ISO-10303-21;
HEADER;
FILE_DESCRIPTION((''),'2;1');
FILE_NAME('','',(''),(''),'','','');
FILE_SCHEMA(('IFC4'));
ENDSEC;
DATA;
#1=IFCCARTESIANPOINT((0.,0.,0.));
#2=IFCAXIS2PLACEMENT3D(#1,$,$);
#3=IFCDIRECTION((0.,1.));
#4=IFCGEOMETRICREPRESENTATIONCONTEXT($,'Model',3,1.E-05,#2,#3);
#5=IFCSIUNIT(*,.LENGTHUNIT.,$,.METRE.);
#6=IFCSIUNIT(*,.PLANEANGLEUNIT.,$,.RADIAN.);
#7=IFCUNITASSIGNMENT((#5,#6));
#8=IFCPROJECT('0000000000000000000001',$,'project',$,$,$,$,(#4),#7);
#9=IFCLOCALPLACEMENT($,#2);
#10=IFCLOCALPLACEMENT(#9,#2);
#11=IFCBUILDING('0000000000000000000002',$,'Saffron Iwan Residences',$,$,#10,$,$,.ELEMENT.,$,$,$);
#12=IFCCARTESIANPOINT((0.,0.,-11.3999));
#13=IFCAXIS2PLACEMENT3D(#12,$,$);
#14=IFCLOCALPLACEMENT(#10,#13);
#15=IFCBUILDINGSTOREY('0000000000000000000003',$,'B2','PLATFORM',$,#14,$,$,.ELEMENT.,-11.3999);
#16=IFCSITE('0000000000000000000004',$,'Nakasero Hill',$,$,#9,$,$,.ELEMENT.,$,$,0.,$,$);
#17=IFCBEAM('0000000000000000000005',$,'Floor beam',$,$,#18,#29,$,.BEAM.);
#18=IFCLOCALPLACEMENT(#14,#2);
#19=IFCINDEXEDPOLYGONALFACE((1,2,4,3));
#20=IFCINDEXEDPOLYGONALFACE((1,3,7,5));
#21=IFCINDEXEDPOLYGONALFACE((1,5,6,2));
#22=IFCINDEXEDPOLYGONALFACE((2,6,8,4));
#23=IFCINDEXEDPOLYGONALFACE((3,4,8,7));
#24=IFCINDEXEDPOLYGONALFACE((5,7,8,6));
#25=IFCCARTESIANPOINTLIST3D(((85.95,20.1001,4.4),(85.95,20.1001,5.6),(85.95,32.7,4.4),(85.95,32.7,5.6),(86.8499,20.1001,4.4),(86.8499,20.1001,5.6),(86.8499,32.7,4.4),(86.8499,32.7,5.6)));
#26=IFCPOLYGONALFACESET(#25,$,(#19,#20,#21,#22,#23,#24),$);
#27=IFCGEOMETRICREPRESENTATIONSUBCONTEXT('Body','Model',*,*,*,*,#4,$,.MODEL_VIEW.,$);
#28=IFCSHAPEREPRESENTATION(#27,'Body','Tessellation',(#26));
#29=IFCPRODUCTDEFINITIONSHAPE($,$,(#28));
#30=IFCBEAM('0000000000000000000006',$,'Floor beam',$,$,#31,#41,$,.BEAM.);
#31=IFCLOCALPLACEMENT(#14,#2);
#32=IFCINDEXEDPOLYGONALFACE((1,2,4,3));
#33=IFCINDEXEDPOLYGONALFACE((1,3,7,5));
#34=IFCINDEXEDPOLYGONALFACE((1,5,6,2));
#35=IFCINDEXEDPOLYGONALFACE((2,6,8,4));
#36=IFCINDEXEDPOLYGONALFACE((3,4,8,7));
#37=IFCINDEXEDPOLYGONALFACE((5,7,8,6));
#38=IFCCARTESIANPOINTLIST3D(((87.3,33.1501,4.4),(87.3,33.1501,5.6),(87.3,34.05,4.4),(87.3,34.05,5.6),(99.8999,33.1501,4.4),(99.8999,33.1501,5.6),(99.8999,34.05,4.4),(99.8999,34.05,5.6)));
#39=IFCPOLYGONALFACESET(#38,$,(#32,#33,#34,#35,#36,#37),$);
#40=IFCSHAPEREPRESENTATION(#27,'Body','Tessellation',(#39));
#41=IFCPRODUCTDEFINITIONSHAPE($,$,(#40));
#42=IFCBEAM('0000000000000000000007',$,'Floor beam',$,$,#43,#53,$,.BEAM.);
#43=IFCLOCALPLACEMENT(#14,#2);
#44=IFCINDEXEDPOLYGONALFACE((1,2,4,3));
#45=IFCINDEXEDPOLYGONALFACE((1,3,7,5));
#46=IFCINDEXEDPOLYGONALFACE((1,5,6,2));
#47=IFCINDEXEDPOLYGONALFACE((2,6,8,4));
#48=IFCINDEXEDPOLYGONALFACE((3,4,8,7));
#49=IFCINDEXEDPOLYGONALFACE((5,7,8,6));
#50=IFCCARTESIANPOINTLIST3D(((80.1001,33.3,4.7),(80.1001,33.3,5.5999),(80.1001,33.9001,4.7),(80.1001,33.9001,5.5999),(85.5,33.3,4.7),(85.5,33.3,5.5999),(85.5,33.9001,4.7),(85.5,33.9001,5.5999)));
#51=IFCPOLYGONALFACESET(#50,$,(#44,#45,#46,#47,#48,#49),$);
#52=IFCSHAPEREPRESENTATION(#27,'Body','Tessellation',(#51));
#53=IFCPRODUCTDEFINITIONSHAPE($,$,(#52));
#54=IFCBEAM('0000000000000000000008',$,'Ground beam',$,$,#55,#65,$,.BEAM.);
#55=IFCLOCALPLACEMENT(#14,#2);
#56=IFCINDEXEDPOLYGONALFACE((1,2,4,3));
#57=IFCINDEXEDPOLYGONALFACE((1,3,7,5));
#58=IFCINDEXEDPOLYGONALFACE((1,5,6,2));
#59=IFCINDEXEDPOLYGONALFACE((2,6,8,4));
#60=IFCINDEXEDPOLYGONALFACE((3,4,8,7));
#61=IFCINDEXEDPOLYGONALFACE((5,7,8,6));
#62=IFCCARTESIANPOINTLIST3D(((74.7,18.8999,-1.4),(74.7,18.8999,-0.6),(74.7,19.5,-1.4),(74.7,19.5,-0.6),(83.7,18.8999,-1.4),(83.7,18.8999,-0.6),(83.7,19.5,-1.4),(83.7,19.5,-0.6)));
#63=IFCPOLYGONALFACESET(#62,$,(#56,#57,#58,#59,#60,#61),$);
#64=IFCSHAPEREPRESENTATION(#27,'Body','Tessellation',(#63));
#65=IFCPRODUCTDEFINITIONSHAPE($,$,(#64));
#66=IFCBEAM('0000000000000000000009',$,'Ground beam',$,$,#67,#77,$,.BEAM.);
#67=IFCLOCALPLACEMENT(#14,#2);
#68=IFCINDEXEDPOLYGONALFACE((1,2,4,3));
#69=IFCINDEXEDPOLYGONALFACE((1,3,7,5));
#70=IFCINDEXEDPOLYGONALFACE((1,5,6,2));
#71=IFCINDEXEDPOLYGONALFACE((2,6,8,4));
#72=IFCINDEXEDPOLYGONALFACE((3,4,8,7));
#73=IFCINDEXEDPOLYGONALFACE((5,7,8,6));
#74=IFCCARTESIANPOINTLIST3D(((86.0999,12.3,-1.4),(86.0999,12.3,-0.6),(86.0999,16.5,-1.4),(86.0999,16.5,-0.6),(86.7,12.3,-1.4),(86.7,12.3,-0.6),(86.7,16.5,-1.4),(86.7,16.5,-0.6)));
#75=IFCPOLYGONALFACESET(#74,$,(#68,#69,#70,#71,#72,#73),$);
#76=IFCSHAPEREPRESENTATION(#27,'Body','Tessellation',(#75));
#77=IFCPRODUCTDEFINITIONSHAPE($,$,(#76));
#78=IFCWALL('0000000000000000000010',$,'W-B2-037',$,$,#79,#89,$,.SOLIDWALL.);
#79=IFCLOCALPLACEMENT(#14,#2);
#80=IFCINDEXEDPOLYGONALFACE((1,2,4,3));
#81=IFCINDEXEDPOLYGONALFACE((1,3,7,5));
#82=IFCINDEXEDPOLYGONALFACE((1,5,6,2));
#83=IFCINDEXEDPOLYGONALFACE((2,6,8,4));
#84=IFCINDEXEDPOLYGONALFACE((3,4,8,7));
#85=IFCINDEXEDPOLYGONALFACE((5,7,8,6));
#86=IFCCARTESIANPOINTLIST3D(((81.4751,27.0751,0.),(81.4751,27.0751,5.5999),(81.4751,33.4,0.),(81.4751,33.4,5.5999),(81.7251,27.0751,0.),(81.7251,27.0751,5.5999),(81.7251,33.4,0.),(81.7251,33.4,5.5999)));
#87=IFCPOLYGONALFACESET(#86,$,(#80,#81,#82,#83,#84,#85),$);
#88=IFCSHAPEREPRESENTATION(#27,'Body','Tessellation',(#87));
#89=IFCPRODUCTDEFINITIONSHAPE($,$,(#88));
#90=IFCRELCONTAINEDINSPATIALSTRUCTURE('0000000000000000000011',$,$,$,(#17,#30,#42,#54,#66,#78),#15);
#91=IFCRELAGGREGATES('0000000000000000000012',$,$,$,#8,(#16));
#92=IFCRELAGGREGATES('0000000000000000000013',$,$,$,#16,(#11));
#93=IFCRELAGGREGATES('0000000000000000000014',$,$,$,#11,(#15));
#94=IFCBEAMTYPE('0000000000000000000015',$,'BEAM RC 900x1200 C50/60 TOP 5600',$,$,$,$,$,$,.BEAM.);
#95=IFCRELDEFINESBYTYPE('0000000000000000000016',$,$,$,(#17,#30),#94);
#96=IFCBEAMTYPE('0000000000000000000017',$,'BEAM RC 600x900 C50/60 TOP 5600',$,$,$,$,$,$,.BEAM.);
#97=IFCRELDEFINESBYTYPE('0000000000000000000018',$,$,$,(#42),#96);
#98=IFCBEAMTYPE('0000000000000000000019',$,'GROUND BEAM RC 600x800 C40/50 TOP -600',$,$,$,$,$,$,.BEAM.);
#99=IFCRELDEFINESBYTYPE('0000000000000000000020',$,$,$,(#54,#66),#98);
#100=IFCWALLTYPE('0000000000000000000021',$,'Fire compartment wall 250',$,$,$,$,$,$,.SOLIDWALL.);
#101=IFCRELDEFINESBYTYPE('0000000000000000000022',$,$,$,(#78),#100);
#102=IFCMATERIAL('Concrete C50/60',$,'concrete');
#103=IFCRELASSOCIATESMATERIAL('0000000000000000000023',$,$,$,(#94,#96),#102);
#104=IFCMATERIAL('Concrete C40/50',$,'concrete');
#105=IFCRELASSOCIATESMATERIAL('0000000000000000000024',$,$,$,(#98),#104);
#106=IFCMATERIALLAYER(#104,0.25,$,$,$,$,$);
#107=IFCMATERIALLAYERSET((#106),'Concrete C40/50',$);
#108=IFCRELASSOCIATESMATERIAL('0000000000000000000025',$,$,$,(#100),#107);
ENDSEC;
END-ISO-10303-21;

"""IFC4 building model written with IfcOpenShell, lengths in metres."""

from ifc_helpers import new_model, si_unit, direction, frame, frame_2d, origin, origin_2d, place, context, subcontext, project, spatial, rectangle, extrude, source, transform, mapped, material, layer, layer_set, material_profile, profile_set, type_object, element, save


model = new_model("IFC4")

# Units and contexts
model_context = context("Model", 3, precision=1e-05, world=origin(), true_north=direction((0.0, 1.0)))
body_context = subcontext(model_context, "Body", "Model", "MODEL_VIEW")
ifc_project = project(units=[si_unit("LENGTHUNIT", "METRE"), si_unit("PLANEANGLEUNIT", "RADIAN")], contexts=[model_context])

# Site, building, storey
site_placement = place(None, origin())
site = spatial("IfcSite", under=ifc_project, at=site_placement, Name="Nakasero Hill", CompositionType="ELEMENT", RefElevation=0.0)
building_placement = place(site_placement, origin())
building = spatial("IfcBuilding", under=site, at=building_placement, Name="Saffron Iwan Residences", CompositionType="ELEMENT")
storey_placement = place(building_placement, frame((0.0, 0.0, -11.3999)))
storey = spatial("IfcBuildingStorey", under=building, at=storey_placement, Name="B2", Description="PLATFORM", CompositionType="ELEMENT", Elevation=-11.3999)

# Shared definitions
ifc_material_1 = material(Name="Concrete C40/50", Category="concrete")

# Shared definitions
ifc_material_2 = material(Name="Concrete C50/60", Category="concrete")

# Beams
ifc_material_profile_1 = material_profile(ifc_material_2, rectangle(XDim=0.8999, YDim=1.2, at=origin_2d()), Name="RC 900x1200")
ifc_profile_set_1 = profile_set([ifc_material_profile_1], Name="Concrete C50/60")
beam_type_1 = type_object("IfcBeamType", Name="BEAM RC 900x1200 C50/60 TOP 5600", PredefinedType="BEAM", material=ifc_profile_set_1)
shared_shape_1 = source(origin(), body_context, "Body", "SweptSolid", [
    extrude(rectangle(XDim=0.8999, YDim=1.2, at=origin_2d()), origin(), (0.0, 0.0, 1.0), 12.5999),
])
for number, where, z_axis, x_axis, name in (
    (1, (86.3999, 20.1001, 5.0), (0.0, 1.0, 0.0), (-1.0, 0.0, 0.0), "Floor beam"),
    (2, (87.3, 33.6001, 5.0), (1.0, 0.0, 0.0), (0.0, 1.0, 0.0), "Floor beam"),
):
    element("IfcBeam", number, at=place(storey_placement, frame(where, z_axis=z_axis, x_axis=x_axis)), inside=storey, type_object=beam_type_1, Name=name, PredefinedType="BEAM", context=body_context, shape_type="MappedRepresentation", body=[
        mapped(shared_shape_1, transform((0.0, 0.0, 0.0))),
    ])
ifc_material_profile_2 = material_profile(ifc_material_2, rectangle(XDim=0.6001, YDim=0.8999, at=origin_2d()), Name="RC 600x900")
ifc_profile_set_2 = profile_set([ifc_material_profile_2], Name="Concrete C50/60")
beam_type_2 = type_object("IfcBeamType", Name="BEAM RC 600x900 C50/60 TOP 5600", PredefinedType="BEAM", material=ifc_profile_set_2)
shared_shape_2 = source(origin(), body_context, "Body", "SweptSolid", [
    extrude(rectangle(XDim=0.6001, YDim=0.8999, at=origin_2d()), origin(), (0.0, 0.0, 1.0), 5.3999),
])
beam_1_placement = place(storey_placement, frame((80.1001, 33.6001, 5.1499), z_axis=(1.0, 0.0, 0.0), x_axis=(0.0, 1.0, 0.0)))
element("IfcBeam", 3, at=beam_1_placement, inside=storey, type_object=beam_type_2, Name="Floor beam", PredefinedType="BEAM", context=body_context, shape_type="MappedRepresentation", body=[
    mapped(shared_shape_2, transform((0.0, 0.0, 0.0))),
])
ifc_material_profile_3 = material_profile(ifc_material_1, rectangle(XDim=0.6001, YDim=0.8, at=origin_2d()), Name="RC 600x800")
ifc_profile_set_3 = profile_set([ifc_material_profile_3], Name="Concrete C40/50")
beam_type_3 = type_object("IfcBeamType", Name="GROUND BEAM RC 600x800 C40/50 TOP -600", PredefinedType="BEAM", material=ifc_profile_set_3)
shared_shape_3 = source(origin(), body_context, "Body", "SweptSolid", [
    extrude(rectangle(XDim=0.6001, YDim=0.8, at=origin_2d()), origin(), (0.0, 0.0, 1.0), 9.0),
])
beam_2_placement = place(storey_placement, frame((74.7, 19.2, -1.0), z_axis=(1.0, 0.0, 0.0), x_axis=(0.0, 1.0, 0.0)))
element("IfcBeam", 4, at=beam_2_placement, inside=storey, type_object=beam_type_3, Name="Ground beam", PredefinedType="BEAM", context=body_context, shape_type="MappedRepresentation", body=[
    mapped(shared_shape_3, transform((0.0, 0.0, 0.0))),
])
shared_shape_4 = source(origin(), body_context, "Body", "SweptSolid", [
    extrude(rectangle(XDim=0.6001, YDim=0.8, at=origin_2d()), origin(), (0.0, 0.0, 1.0), 4.2),
])
beam_3_placement = place(storey_placement, frame((86.3999, 12.3, -1.0), z_axis=(0.0, 1.0, 0.0), x_axis=(-1.0, 0.0, 0.0)))
element("IfcBeam", 5, at=beam_3_placement, inside=storey, type_object=beam_type_3, Name="Ground beam", PredefinedType="BEAM", context=body_context, shape_type="MappedRepresentation", body=[
    mapped(shared_shape_4, transform((0.0, 0.0, 0.0))),
])

# Wall
ifc_layer = layer(ifc_material_1, 0.25)
ifc_layer_set = layer_set([ifc_layer], Name="Concrete C40/50")
wall_type = type_object("IfcWallType", Name="Fire compartment wall 250", PredefinedType="SOLIDWALL", material=ifc_layer_set)
wall_placement = place(storey_placement, frame((81.6001, 27.075, 0.0), z_axis=(0.0, 0.0, 1.0), x_axis=(0.0, 1.0, 0.0)))
element("IfcWall", 6, at=wall_placement, inside=storey, type_object=wall_type, Name="W-B2-037", PredefinedType="SOLIDWALL", context=body_context, shape_type="SweptSolid", body=[
    extrude(rectangle(XDim=6.325, YDim=0.25, at=frame_2d((3.1626, 0.0))), origin(), (0.0, 0.0, 1.0), 5.5999),
])

save(model, "model.ifc")
